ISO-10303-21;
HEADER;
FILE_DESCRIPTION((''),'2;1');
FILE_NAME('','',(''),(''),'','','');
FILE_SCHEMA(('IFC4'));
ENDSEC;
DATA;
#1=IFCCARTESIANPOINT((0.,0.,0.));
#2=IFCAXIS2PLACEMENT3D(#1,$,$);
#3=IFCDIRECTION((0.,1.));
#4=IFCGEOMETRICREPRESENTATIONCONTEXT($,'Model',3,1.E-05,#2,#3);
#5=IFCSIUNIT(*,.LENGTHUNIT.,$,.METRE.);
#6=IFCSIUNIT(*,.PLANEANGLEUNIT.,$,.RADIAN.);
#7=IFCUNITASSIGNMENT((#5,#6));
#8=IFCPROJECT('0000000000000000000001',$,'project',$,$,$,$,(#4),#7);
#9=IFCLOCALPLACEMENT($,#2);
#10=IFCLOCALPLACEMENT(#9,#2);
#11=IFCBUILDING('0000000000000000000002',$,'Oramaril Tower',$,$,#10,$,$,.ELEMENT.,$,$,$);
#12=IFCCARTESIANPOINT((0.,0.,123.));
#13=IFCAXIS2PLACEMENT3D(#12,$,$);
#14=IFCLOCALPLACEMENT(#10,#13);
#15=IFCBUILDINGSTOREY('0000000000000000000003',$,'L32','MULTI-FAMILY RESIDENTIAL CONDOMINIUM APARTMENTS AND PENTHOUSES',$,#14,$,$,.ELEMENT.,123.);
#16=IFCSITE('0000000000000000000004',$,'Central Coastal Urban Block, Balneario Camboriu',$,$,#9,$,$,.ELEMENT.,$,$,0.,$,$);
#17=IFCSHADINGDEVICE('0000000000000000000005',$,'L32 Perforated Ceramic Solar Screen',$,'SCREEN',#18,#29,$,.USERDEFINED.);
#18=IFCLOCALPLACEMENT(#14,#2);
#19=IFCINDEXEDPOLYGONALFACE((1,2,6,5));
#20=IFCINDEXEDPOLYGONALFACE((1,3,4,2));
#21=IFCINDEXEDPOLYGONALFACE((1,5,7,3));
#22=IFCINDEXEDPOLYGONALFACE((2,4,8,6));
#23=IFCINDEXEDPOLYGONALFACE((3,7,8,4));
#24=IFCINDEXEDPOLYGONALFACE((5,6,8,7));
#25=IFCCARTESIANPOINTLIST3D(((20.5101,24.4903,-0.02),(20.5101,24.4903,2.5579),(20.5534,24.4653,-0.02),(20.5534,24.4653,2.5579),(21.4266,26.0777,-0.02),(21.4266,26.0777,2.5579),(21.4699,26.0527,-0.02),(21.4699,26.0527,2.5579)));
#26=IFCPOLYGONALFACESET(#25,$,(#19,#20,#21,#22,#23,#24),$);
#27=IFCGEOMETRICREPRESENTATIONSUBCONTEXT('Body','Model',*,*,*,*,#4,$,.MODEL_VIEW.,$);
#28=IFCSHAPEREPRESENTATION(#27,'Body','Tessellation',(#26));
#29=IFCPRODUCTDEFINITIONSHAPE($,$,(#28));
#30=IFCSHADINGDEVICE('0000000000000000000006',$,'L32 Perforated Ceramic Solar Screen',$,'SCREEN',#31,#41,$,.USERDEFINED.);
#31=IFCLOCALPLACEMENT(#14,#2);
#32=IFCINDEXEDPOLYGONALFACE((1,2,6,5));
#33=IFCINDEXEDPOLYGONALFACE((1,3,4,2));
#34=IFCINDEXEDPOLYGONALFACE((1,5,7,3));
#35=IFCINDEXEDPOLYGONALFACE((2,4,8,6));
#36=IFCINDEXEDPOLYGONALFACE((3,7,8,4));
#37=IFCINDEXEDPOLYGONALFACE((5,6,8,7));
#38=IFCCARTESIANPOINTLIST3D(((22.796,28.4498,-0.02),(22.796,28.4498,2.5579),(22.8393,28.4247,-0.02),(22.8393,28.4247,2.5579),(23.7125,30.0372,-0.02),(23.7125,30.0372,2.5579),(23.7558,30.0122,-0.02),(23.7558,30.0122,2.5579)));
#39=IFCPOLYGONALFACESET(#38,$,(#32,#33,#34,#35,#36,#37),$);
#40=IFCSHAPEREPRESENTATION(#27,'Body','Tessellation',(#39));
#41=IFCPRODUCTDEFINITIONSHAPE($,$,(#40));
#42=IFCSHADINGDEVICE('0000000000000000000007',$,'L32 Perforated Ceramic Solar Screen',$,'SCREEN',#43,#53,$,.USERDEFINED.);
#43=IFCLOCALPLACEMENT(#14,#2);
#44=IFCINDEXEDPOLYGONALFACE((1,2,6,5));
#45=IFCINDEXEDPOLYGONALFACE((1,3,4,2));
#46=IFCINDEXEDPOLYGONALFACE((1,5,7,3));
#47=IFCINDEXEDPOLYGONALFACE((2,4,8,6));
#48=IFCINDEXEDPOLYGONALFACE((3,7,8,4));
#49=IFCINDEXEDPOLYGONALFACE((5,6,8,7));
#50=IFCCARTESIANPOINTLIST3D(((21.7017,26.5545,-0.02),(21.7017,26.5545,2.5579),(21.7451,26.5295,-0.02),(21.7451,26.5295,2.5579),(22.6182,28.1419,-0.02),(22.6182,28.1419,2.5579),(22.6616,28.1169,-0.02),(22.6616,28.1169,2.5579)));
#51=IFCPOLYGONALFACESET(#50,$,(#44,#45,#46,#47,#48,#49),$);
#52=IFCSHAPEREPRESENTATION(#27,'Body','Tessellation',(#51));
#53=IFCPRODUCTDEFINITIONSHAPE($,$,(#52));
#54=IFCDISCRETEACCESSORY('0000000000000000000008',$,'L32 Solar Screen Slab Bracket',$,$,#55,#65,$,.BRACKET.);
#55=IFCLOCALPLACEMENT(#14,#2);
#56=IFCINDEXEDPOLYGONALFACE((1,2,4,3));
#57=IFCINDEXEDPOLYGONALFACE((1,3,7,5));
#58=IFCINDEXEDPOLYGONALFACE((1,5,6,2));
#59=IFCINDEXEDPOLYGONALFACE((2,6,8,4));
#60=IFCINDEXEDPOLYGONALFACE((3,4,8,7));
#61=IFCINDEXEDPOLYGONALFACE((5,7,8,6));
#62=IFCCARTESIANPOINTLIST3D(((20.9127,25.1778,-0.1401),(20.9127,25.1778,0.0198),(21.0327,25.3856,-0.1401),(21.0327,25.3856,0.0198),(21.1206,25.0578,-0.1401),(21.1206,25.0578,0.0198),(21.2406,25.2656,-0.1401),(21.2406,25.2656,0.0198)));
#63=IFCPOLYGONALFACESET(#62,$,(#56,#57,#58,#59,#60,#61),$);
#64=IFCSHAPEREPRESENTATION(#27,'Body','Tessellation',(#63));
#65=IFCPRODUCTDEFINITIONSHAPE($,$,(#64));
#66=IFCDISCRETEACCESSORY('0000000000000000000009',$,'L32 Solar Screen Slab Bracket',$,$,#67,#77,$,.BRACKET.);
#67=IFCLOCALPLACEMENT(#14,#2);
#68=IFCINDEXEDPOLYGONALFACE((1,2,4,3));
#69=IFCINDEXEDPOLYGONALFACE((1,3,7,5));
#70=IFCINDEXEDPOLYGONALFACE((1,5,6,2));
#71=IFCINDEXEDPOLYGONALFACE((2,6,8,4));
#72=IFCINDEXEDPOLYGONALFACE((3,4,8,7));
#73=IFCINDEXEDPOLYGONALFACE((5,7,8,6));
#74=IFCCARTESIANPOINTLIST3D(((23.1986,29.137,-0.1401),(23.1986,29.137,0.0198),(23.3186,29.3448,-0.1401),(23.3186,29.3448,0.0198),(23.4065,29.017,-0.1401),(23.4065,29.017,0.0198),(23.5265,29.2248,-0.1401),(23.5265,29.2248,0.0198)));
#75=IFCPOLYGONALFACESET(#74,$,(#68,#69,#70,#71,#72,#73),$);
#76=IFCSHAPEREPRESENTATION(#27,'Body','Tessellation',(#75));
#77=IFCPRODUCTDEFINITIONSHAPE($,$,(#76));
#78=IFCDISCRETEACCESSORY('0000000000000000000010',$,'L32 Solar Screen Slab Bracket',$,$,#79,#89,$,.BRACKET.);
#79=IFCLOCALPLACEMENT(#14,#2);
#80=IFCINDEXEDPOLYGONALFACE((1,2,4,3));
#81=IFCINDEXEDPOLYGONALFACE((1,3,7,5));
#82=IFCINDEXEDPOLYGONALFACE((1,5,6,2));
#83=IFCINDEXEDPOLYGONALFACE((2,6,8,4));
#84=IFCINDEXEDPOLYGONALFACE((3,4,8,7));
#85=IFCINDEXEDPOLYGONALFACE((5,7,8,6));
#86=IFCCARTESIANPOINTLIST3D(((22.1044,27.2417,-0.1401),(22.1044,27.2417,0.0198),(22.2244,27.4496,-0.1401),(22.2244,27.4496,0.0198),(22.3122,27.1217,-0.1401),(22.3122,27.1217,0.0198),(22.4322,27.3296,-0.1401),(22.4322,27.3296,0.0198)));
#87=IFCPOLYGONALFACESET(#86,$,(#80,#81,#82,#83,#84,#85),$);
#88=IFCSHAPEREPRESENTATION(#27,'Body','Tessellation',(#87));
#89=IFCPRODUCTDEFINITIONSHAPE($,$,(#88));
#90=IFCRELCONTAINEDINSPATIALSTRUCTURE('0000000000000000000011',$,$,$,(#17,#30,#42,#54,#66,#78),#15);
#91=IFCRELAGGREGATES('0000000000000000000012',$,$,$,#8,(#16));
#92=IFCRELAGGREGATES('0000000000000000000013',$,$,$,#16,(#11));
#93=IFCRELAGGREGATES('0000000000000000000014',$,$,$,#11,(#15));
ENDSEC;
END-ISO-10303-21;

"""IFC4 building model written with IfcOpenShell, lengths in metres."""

from ifc_helpers import new_model, si_unit, direction, frame, origin, origin_2d, place, context, subcontext, project, spatial, rectangle, extrude, element, save


model = new_model("IFC4")

# Units and contexts
model_context = context("Model", 3, precision=1e-05, world=origin(), true_north=direction((0.0, 1.0)))
body_context = subcontext(model_context, "Body", "Model", "MODEL_VIEW")
ifc_project = project(units=[si_unit("LENGTHUNIT", "METRE"), si_unit("PLANEANGLEUNIT", "RADIAN")], contexts=[model_context])

# Site, building, storey
site_placement = place(None, origin())
site = spatial("IfcSite", under=ifc_project, at=site_placement, Name="Central Coastal Urban Block, Balneario Camboriu", CompositionType="ELEMENT", RefElevation=0.0)
building_placement = place(site_placement, origin())
building = spatial("IfcBuilding", under=site, at=building_placement, Name="Oramaril Tower", CompositionType="ELEMENT")
storey_placement = place(building_placement, frame((0.0, 0.0, 123.0)))
storey = spatial("IfcBuildingStorey", under=building, at=storey_placement, Name="L32", Description="MULTI-FAMILY RESIDENTIAL CONDOMINIUM APARTMENTS AND PENTHOUSES", CompositionType="ELEMENT", Elevation=123.0)

# Shading devices
for number, where, z_axis, x_axis, name in (
    (1, (20.99, 25.2715, -0.02), (0.0, 0.0, 1.0), (-0.499998, -0.866026, 0.0), "L32 Perforated Ceramic Solar Screen"),
    (2, (23.2759, 29.231, -0.02), (0.0, 0.0, 1.0), (-0.499998, -0.866026, 0.0), "L32 Perforated Ceramic Solar Screen"),
    (3, (22.1816, 27.3357, -0.02), (0.0, 0.0, 1.0), (-0.499998, -0.866026, 0.0), "L32 Perforated Ceramic Solar Screen"),
):
    element("IfcShadingDevice", number, at=place(storey_placement, frame(where, z_axis=z_axis, x_axis=x_axis)), inside=storey, Name=name, ObjectType="SCREEN", PredefinedType="USERDEFINED", context=body_context, shape_type="SweptSolid", body=[
        extrude(rectangle(XDim=1.833, YDim=0.05, at=origin_2d()), origin(), (0.0, 0.0, 1.0), 2.5779),
    ])

# Discrete accessories
for number, where, z_axis, x_axis, name in (
    (4, (21.0767, 25.2217, -0.1401), (0.0, 0.0, 1.0), (-0.499998, -0.866026, 0.0), "L32 Solar Screen Slab Bracket"),
    (5, (23.3625, 29.1809, -0.1401), (0.0, 0.0, 1.0), (-0.499998, -0.866026, 0.0), "L32 Solar Screen Slab Bracket"),
    (6, (22.2683, 27.2856, -0.1401), (0.0, 0.0, 1.0), (-0.499998, -0.866026, 0.0), "L32 Solar Screen Slab Bracket"),
):
    element("IfcDiscreteAccessory", number, at=place(storey_placement, frame(where, z_axis=z_axis, x_axis=x_axis)), inside=storey, Name=name, PredefinedType="BRACKET", context=body_context, shape_type="SweptSolid", body=[
        extrude(rectangle(XDim=0.24, YDim=0.24, at=origin_2d()), origin(), (0.0, 0.0, 1.0), 0.1599),
    ])

save(model, "model.ifc")
